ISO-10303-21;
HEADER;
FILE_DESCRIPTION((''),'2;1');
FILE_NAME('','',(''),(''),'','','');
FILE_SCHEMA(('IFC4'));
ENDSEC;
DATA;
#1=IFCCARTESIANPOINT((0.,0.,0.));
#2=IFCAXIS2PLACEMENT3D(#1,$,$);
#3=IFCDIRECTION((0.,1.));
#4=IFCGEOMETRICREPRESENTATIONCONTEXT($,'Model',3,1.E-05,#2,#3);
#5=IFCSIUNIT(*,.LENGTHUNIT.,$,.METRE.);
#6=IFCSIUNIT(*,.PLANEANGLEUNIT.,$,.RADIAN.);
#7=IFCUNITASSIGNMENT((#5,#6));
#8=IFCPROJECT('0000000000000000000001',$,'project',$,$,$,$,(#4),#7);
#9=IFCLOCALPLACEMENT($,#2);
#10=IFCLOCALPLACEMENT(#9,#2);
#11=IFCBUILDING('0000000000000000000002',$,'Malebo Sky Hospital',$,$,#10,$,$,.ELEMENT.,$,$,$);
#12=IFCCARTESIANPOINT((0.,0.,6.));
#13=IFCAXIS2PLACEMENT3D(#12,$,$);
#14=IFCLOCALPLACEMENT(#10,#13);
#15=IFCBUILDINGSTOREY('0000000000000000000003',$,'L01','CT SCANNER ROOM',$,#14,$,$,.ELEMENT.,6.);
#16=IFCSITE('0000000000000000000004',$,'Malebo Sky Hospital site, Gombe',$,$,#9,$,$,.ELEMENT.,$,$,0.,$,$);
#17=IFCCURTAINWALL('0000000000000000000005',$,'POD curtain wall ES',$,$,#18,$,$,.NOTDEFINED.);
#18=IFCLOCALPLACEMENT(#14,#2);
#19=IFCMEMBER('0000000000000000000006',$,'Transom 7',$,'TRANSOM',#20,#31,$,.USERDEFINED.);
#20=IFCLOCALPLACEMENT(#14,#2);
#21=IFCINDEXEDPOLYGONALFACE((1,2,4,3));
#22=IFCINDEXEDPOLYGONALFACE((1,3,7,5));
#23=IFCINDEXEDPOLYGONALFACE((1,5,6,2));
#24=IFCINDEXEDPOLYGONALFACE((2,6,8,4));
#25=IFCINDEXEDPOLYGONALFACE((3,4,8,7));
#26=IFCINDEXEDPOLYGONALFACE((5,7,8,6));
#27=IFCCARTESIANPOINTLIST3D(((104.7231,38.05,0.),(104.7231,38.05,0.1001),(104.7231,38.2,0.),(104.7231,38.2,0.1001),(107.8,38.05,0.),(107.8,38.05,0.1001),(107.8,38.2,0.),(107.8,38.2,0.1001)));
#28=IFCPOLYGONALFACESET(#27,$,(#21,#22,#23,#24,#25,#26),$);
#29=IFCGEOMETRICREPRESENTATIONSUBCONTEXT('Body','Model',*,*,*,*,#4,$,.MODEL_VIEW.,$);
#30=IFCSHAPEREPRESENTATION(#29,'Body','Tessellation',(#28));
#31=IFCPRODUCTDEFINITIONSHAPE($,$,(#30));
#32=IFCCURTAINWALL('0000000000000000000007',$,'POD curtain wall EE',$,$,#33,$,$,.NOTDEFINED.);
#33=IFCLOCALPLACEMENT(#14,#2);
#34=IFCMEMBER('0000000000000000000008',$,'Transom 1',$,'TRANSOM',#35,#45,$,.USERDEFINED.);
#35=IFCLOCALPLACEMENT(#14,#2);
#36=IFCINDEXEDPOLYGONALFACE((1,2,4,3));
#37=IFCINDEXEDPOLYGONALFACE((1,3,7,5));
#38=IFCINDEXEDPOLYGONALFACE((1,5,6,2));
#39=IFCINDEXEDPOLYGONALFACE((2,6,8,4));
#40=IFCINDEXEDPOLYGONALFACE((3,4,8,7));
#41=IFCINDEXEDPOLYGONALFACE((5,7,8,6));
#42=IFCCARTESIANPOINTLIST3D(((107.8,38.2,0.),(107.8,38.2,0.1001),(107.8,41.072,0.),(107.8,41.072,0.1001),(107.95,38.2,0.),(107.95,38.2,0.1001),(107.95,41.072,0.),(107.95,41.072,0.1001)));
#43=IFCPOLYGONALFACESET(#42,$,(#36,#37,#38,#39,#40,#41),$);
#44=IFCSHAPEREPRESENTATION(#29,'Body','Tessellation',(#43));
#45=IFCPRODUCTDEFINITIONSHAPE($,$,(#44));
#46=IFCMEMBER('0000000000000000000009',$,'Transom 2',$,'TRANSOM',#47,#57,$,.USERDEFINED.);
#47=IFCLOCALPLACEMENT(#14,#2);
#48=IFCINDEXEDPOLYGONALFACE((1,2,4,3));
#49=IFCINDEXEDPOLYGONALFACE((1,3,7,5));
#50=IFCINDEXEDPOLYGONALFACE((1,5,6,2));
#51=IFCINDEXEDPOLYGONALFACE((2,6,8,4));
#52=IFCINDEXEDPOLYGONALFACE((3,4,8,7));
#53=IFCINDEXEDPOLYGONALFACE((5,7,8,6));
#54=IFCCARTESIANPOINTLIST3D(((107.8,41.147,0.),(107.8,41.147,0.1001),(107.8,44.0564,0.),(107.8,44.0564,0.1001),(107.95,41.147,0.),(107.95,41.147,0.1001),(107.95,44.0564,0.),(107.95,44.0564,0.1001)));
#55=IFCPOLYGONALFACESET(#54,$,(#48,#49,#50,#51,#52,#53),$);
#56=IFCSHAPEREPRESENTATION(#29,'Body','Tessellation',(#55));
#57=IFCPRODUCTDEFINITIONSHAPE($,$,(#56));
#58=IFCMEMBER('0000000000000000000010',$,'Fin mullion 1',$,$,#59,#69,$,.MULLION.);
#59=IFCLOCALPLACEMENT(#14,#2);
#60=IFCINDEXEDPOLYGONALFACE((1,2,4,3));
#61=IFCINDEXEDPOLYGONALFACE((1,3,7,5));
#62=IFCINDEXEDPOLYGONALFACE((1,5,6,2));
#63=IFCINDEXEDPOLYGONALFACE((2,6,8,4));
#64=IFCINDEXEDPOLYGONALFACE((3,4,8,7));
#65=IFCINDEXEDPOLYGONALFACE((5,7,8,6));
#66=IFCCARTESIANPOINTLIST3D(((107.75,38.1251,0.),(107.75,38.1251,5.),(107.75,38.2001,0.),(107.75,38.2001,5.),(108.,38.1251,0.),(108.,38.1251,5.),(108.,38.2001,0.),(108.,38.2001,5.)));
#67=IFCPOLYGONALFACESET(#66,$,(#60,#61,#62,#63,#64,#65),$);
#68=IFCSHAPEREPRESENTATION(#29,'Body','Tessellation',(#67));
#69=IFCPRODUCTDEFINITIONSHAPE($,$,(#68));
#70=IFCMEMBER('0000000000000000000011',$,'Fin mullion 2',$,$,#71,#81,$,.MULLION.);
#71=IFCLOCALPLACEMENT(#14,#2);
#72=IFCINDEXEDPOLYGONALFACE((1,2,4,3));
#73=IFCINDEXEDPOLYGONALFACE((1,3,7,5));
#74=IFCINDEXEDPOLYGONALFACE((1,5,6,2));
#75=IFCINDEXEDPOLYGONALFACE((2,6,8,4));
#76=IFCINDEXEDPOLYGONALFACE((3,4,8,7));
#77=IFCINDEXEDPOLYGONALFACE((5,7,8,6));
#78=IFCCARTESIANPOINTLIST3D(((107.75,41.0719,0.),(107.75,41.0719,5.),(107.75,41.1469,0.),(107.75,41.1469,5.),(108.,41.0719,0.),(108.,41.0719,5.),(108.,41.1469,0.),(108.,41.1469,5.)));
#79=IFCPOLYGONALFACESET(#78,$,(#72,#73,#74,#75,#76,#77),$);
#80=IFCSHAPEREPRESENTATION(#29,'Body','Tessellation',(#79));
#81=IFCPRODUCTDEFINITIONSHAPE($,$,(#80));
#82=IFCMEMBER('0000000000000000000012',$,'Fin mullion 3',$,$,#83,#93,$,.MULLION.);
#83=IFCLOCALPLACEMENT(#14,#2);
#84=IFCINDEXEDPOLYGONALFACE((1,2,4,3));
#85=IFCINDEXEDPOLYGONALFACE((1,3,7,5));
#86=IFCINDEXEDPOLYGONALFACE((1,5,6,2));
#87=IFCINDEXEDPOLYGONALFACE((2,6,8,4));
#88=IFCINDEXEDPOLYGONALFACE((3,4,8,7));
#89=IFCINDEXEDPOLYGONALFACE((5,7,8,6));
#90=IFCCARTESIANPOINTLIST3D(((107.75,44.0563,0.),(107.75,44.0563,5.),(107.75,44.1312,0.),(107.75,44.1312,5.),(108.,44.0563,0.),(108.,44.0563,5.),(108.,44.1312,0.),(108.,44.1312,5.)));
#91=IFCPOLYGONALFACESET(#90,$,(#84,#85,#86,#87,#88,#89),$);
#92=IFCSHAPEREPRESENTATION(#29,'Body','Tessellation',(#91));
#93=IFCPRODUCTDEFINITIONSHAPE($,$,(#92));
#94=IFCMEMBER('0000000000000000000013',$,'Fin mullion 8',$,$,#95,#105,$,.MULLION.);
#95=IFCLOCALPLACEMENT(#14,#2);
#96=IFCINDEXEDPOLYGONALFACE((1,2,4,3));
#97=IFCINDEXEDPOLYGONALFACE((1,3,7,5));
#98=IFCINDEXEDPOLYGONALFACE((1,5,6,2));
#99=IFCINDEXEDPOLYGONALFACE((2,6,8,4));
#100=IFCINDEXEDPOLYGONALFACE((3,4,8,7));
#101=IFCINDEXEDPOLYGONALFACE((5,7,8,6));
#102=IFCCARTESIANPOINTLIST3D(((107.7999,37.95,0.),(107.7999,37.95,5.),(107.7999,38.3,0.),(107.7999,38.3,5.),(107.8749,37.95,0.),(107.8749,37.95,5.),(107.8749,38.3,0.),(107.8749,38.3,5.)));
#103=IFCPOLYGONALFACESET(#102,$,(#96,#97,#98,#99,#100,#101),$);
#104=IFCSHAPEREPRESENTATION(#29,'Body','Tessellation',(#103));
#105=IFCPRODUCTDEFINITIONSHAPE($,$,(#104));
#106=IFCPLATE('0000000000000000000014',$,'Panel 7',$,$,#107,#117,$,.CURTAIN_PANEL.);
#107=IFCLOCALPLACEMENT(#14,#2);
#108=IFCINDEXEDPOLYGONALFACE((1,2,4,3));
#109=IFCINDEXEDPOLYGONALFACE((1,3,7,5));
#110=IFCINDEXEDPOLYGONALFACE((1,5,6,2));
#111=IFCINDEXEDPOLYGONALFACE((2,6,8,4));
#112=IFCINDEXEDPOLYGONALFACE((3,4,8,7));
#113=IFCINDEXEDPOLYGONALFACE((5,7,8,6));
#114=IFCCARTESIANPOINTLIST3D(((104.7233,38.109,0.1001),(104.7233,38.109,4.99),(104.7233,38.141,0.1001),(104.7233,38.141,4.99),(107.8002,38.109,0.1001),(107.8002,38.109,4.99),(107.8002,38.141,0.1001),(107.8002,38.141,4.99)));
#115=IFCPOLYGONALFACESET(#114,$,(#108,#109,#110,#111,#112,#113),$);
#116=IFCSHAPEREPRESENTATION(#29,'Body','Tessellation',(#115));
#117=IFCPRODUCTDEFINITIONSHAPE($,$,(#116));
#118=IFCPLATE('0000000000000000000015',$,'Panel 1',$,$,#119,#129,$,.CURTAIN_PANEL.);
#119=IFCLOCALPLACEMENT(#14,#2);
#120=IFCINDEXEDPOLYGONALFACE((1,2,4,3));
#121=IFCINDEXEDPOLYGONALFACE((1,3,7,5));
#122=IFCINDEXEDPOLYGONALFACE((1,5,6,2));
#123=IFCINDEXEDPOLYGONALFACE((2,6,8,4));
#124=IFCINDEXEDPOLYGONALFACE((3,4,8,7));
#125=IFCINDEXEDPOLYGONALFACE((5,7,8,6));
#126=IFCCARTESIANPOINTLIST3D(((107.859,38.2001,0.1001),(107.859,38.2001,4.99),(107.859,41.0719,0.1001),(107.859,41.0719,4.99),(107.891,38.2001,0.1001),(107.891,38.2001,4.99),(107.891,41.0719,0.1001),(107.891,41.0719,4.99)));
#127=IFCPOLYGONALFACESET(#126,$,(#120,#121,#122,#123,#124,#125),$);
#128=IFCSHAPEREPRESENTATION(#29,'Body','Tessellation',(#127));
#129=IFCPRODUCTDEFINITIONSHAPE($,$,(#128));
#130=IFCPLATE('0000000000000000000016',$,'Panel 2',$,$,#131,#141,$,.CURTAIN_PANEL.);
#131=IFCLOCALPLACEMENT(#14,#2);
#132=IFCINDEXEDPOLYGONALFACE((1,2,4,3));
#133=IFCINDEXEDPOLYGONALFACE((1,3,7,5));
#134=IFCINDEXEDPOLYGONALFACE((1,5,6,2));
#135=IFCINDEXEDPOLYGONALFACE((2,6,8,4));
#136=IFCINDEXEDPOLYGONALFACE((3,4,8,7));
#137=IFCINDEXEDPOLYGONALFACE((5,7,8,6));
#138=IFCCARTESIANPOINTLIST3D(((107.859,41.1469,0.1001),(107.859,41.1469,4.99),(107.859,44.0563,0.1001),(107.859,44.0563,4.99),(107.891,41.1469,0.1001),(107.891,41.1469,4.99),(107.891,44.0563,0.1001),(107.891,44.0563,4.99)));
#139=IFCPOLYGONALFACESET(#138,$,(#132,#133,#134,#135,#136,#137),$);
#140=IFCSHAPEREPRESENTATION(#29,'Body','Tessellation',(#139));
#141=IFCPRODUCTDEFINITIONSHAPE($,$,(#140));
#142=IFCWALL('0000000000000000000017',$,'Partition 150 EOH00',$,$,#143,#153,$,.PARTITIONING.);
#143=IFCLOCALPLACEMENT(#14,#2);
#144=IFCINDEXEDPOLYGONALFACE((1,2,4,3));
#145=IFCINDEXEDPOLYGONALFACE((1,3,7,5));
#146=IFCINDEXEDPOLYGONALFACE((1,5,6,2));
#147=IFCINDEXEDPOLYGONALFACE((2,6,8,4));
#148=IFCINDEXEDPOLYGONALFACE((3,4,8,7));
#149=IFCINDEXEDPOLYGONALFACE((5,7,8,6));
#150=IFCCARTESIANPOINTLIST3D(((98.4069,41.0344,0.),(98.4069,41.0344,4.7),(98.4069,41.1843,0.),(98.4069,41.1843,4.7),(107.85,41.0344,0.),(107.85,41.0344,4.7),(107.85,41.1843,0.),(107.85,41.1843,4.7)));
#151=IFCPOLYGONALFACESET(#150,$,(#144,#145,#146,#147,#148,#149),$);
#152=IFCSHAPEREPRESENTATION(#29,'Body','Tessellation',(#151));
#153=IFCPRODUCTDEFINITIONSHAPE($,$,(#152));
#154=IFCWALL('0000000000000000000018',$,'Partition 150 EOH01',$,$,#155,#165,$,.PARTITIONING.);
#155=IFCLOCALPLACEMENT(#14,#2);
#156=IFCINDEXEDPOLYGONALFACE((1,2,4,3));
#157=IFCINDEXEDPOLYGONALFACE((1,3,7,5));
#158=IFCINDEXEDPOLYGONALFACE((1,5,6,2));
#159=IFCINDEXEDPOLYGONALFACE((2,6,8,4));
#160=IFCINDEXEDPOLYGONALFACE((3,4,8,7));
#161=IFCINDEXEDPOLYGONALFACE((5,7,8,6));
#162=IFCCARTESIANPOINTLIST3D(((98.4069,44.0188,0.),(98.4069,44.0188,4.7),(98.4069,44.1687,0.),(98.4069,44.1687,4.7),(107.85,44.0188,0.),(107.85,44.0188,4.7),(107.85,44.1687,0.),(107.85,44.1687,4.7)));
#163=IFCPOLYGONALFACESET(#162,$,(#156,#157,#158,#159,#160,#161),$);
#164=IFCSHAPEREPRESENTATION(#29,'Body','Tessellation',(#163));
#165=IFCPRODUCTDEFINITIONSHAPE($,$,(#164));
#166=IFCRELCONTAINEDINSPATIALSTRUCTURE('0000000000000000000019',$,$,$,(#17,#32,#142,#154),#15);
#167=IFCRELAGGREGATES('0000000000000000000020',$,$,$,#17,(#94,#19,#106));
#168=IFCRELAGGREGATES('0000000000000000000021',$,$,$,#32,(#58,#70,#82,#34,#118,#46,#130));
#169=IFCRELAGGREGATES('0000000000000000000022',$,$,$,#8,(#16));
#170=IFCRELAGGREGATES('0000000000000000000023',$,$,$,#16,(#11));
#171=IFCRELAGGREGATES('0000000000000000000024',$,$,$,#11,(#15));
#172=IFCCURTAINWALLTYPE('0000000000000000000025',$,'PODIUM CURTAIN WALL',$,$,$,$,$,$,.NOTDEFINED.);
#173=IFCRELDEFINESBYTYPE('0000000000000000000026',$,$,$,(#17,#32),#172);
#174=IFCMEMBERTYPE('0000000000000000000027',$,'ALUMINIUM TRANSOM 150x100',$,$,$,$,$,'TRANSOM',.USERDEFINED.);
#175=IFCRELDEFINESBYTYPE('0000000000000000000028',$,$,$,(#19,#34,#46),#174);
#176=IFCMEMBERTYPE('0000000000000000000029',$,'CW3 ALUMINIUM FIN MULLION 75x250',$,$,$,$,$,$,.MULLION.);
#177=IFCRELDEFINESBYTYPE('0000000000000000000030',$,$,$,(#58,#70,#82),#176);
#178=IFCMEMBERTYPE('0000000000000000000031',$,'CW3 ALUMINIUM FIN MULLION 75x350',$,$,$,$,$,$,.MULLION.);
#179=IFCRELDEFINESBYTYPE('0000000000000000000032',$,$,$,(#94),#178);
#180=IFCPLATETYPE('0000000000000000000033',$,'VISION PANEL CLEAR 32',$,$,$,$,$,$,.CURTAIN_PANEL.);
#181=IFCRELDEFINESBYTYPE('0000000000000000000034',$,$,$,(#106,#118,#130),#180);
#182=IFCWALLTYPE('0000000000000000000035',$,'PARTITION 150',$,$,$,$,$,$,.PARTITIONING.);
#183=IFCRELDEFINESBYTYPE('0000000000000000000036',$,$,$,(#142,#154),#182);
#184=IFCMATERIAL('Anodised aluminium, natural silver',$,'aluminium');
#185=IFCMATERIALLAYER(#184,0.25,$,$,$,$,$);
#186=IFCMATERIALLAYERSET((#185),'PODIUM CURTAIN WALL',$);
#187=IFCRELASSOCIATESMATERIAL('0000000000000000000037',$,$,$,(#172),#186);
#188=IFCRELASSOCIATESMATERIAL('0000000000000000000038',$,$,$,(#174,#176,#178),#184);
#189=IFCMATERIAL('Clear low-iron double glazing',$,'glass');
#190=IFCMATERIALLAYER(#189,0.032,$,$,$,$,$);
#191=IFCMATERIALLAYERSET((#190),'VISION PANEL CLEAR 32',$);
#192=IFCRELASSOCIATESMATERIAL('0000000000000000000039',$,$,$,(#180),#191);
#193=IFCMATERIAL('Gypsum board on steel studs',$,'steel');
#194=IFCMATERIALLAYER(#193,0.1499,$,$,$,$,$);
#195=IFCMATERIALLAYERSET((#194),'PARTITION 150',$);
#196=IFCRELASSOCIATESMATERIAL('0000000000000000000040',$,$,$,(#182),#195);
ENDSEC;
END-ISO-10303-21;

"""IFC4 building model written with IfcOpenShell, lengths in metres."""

from ifc_helpers import new_model, si_unit, direction, frame, frame_2d, origin, origin_2d, place, context, subcontext, project, spatial, rectangle, extrude, material, layer, layer_set, material_profile, profile_set, type_object, element, aggregate, save


model = new_model("IFC4")

# Units and contexts
model_context = context("Model", 3, precision=1e-05, world=origin(), true_north=direction((0.0, 1.0)))
body_context = subcontext(model_context, "Body", "Model", "MODEL_VIEW")
ifc_project = project(units=[si_unit("LENGTHUNIT", "METRE"), si_unit("PLANEANGLEUNIT", "RADIAN")], contexts=[model_context])

# Site, building, storey
site_placement = place(None, origin())
site = spatial("IfcSite", under=ifc_project, at=site_placement, Name="Malebo Sky Hospital site, Gombe", CompositionType="ELEMENT", RefElevation=0.0)
building_placement = place(site_placement, origin())
building = spatial("IfcBuilding", under=site, at=building_placement, Name="Malebo Sky Hospital", CompositionType="ELEMENT")
storey_placement = place(building_placement, frame((0.0, 0.0, 6.0)))
storey = spatial("IfcBuildingStorey", under=building, at=storey_placement, Name="L01", Description="CT SCANNER ROOM", CompositionType="ELEMENT", Elevation=6.0)

# Curtain wall, member
ifc_material_1 = material(Name="Anodised aluminium, natural silver", Category="aluminium")
ifc_layer_1 = layer(ifc_material_1, 0.25)
ifc_layer_set_1 = layer_set([ifc_layer_1], Name="PODIUM CURTAIN WALL")
curtain_wall_type = type_object("IfcCurtainWallType", Name="PODIUM CURTAIN WALL", PredefinedType="NOTDEFINED", material=ifc_layer_set_1)
curtain_wall_1_placement = place(storey_placement, origin())
curtain_wall_1 = element("IfcCurtainWall", 1, at=curtain_wall_1_placement, inside=storey, type_object=curtain_wall_type, Name="POD curtain wall ES", PredefinedType="NOTDEFINED")
ifc_material_profile_1 = material_profile(ifc_material_1, rectangle(XDim=0.1499, YDim=0.1001, at=origin_2d()), Name="ALUMINIUM TRANSOM 150x100")
ifc_profile_set_1 = profile_set([ifc_material_profile_1], Name="Anodised aluminium, natural silver")
member_type_1 = type_object("IfcMemberType", Name="ALUMINIUM TRANSOM 150x100", ElementType="TRANSOM", PredefinedType="USERDEFINED", material=ifc_profile_set_1)
member_1_placement = place(storey_placement, frame((104.7231, 38.125, 0.05), z_axis=(1.0, 0.0, 0.0), x_axis=(0.0, 1.0, 0.0)))
member_1 = element("IfcMember", 2, at=member_1_placement, type_object=member_type_1, Name="Transom 7", ObjectType="TRANSOM", PredefinedType="USERDEFINED", context=body_context, shape_type="SweptSolid", body=[
    extrude(rectangle(XDim=0.1499, YDim=0.1001, at=origin_2d()), origin(), (0.0, 0.0, 1.0), 3.0769),
])

# Curtain wall, members
curtain_wall_2_placement = place(storey_placement, origin())
curtain_wall_2 = element("IfcCurtainWall", 3, at=curtain_wall_2_placement, inside=storey, type_object=curtain_wall_type, Name="POD curtain wall EE", PredefinedType="NOTDEFINED")
member_2_placement = place(storey_placement, frame((107.875, 38.2, 0.05), z_axis=(0.0, 1.0, 0.0), x_axis=(-1.0, 0.0, 0.0)))
member_2 = element("IfcMember", 4, at=member_2_placement, type_object=member_type_1, Name="Transom 1", ObjectType="TRANSOM", PredefinedType="USERDEFINED", context=body_context, shape_type="SweptSolid", body=[
    extrude(rectangle(XDim=0.1499, YDim=0.1001, at=origin_2d()), origin(), (0.0, 0.0, 1.0), 2.8721),
])
member_3_placement = place(storey_placement, frame((107.875, 41.147, 0.05), z_axis=(0.0, 1.0, 0.0), x_axis=(-1.0, 0.0, 0.0)))
member_3 = element("IfcMember", 5, at=member_3_placement, type_object=member_type_1, Name="Transom 2", ObjectType="TRANSOM", PredefinedType="USERDEFINED", context=body_context, shape_type="SweptSolid", body=[
    extrude(rectangle(XDim=0.1499, YDim=0.1001, at=origin_2d()), origin(), (0.0, 0.0, 1.0), 2.9094),
])
ifc_material_profile_2 = material_profile(ifc_material_1, rectangle(XDim=0.075, YDim=0.25, at=origin_2d()), Name="CW3 ALUMINIUM FIN MULLION 75x250")
ifc_profile_set_2 = profile_set([ifc_material_profile_2], Name="Anodised aluminium, natural silver")
member_type_2 = type_object("IfcMemberType", Name="CW3 ALUMINIUM FIN MULLION 75x250", PredefinedType="MULLION", material=ifc_profile_set_2)
member_4_placement = place(storey_placement, frame((107.875, 38.1626, 0.0), z_axis=(0.0, 0.0, 1.0), x_axis=(0.0, 1.0, 0.0)))
member_4 = element("IfcMember", 6, at=member_4_placement, type_object=member_type_2, Name="Fin mullion 1", PredefinedType="MULLION", context=body_context, shape_type="SweptSolid", body=[
    extrude(rectangle(XDim=0.075, YDim=0.25, at=origin_2d()), origin(), (0.0, 0.0, 1.0), 5.0),
])
member_5_placement = place(storey_placement, frame((107.875, 41.1094, 0.0), z_axis=(0.0, 0.0, 1.0), x_axis=(0.0, 1.0, 0.0)))
member_5 = element("IfcMember", 7, at=member_5_placement, type_object=member_type_2, Name="Fin mullion 2", PredefinedType="MULLION", context=body_context, shape_type="SweptSolid", body=[
    extrude(rectangle(XDim=0.075, YDim=0.25, at=origin_2d()), origin(), (0.0, 0.0, 1.0), 5.0),
])
member_6_placement = place(storey_placement, frame((107.875, 44.0938, 0.0), z_axis=(0.0, 0.0, 1.0), x_axis=(0.0, 1.0, 0.0)))
member_6 = element("IfcMember", 8, at=member_6_placement, type_object=member_type_2, Name="Fin mullion 3", PredefinedType="MULLION", context=body_context, shape_type="SweptSolid", body=[
    extrude(rectangle(XDim=0.075, YDim=0.25, at=origin_2d()), origin(), (0.0, 0.0, 1.0), 5.0),
])

# Member
ifc_material_profile_3 = material_profile(ifc_material_1, rectangle(XDim=0.075, YDim=0.3501, at=origin_2d()), Name="CW3 ALUMINIUM FIN MULLION 75x350")
ifc_profile_set_3 = profile_set([ifc_material_profile_3], Name="Anodised aluminium, natural silver")
member_type_3 = type_object("IfcMemberType", Name="CW3 ALUMINIUM FIN MULLION 75x350", PredefinedType="MULLION", material=ifc_profile_set_3)
member_7_placement = place(storey_placement, frame((107.8374, 38.125, 0.0), z_axis=(0.0, 0.0, 1.0), x_axis=(1.0, 0.0, 0.0)))
member_7 = element("IfcMember", 9, at=member_7_placement, type_object=member_type_3, Name="Fin mullion 8", PredefinedType="MULLION", context=body_context, shape_type="SweptSolid", body=[
    extrude(rectangle(XDim=0.075, YDim=0.3501, at=origin_2d()), origin(), (0.0, 0.0, 1.0), 5.0),
])

# Plates
ifc_material_2 = material(Name="Clear low-iron double glazing", Category="glass")
ifc_layer_2 = layer(ifc_material_2, 0.032)
ifc_layer_set_2 = layer_set([ifc_layer_2], Name="VISION PANEL CLEAR 32")
plate_type = type_object("IfcPlateType", Name="VISION PANEL CLEAR 32", PredefinedType="CURTAIN_PANEL", material=ifc_layer_set_2)
plate_1_placement = place(storey_placement, frame((106.2617, 38.125, 0.1001), z_axis=(0.0, 0.0, 1.0), x_axis=(1.0, 0.0, 0.0)))
plate_1 = element("IfcPlate", 10, at=plate_1_placement, type_object=plate_type, Name="Panel 7", PredefinedType="CURTAIN_PANEL", context=body_context, shape_type="SweptSolid", body=[
    extrude(rectangle(XDim=3.0769, YDim=0.032, at=origin_2d()), origin(), (0.0, 0.0, 1.0), 4.8899),
])
aggregate(curtain_wall_1, [member_7, member_1, plate_1])
plate_2_placement = place(storey_placement, frame((107.875, 39.636, 0.1001), z_axis=(0.0, 0.0, 1.0), x_axis=(0.0, 1.0, 0.0)))
plate_2 = element("IfcPlate", 11, at=plate_2_placement, type_object=plate_type, Name="Panel 1", PredefinedType="CURTAIN_PANEL", context=body_context, shape_type="SweptSolid", body=[
    extrude(rectangle(XDim=2.8718, YDim=0.032, at=origin_2d()), origin(), (0.0, 0.0, 1.0), 4.8899),
])
plate_3_placement = place(storey_placement, frame((107.875, 42.6016, 0.1001), z_axis=(0.0, 0.0, 1.0), x_axis=(0.0, 1.0, 0.0)))
plate_3 = element("IfcPlate", 12, at=plate_3_placement, type_object=plate_type, Name="Panel 2", PredefinedType="CURTAIN_PANEL", context=body_context, shape_type="SweptSolid", body=[
    extrude(rectangle(XDim=2.9094, YDim=0.032, at=origin_2d()), origin(), (0.0, 0.0, 1.0), 4.8899),
])
aggregate(curtain_wall_2, [member_4, member_5, member_6, member_2, plate_2, member_3, plate_3])

# Walls
ifc_material_3 = material(Name="Gypsum board on steel studs", Category="steel")
ifc_layer_3 = layer(ifc_material_3, 0.1499)
ifc_layer_set_3 = layer_set([ifc_layer_3], Name="PARTITION 150")
wall_type = type_object("IfcWallType", Name="PARTITION 150", PredefinedType="PARTITIONING", material=ifc_layer_set_3)
for number, where, z_axis, x_axis, name in (
    (13, (107.8501, 41.1094, 0.0), (0.0, 0.0, 1.0), (-1.0, 0.0, 0.0), "Partition 150 EOH00"),
    (14, (107.8501, 44.0938, 0.0), (0.0, 0.0, 1.0), (-1.0, 0.0, 0.0), "Partition 150 EOH01"),
):
    element("IfcWall", number, at=place(storey_placement, frame(where, z_axis=z_axis, x_axis=x_axis)), inside=storey, type_object=wall_type, Name=name, PredefinedType="PARTITIONING", context=body_context, shape_type="SweptSolid", body=[
        extrude(rectangle(XDim=9.4431, YDim=0.1499, at=frame_2d((4.7217, 0.0))), origin(), (0.0, 0.0, 1.0), 4.7),
    ])

save(model, "model.ifc")
